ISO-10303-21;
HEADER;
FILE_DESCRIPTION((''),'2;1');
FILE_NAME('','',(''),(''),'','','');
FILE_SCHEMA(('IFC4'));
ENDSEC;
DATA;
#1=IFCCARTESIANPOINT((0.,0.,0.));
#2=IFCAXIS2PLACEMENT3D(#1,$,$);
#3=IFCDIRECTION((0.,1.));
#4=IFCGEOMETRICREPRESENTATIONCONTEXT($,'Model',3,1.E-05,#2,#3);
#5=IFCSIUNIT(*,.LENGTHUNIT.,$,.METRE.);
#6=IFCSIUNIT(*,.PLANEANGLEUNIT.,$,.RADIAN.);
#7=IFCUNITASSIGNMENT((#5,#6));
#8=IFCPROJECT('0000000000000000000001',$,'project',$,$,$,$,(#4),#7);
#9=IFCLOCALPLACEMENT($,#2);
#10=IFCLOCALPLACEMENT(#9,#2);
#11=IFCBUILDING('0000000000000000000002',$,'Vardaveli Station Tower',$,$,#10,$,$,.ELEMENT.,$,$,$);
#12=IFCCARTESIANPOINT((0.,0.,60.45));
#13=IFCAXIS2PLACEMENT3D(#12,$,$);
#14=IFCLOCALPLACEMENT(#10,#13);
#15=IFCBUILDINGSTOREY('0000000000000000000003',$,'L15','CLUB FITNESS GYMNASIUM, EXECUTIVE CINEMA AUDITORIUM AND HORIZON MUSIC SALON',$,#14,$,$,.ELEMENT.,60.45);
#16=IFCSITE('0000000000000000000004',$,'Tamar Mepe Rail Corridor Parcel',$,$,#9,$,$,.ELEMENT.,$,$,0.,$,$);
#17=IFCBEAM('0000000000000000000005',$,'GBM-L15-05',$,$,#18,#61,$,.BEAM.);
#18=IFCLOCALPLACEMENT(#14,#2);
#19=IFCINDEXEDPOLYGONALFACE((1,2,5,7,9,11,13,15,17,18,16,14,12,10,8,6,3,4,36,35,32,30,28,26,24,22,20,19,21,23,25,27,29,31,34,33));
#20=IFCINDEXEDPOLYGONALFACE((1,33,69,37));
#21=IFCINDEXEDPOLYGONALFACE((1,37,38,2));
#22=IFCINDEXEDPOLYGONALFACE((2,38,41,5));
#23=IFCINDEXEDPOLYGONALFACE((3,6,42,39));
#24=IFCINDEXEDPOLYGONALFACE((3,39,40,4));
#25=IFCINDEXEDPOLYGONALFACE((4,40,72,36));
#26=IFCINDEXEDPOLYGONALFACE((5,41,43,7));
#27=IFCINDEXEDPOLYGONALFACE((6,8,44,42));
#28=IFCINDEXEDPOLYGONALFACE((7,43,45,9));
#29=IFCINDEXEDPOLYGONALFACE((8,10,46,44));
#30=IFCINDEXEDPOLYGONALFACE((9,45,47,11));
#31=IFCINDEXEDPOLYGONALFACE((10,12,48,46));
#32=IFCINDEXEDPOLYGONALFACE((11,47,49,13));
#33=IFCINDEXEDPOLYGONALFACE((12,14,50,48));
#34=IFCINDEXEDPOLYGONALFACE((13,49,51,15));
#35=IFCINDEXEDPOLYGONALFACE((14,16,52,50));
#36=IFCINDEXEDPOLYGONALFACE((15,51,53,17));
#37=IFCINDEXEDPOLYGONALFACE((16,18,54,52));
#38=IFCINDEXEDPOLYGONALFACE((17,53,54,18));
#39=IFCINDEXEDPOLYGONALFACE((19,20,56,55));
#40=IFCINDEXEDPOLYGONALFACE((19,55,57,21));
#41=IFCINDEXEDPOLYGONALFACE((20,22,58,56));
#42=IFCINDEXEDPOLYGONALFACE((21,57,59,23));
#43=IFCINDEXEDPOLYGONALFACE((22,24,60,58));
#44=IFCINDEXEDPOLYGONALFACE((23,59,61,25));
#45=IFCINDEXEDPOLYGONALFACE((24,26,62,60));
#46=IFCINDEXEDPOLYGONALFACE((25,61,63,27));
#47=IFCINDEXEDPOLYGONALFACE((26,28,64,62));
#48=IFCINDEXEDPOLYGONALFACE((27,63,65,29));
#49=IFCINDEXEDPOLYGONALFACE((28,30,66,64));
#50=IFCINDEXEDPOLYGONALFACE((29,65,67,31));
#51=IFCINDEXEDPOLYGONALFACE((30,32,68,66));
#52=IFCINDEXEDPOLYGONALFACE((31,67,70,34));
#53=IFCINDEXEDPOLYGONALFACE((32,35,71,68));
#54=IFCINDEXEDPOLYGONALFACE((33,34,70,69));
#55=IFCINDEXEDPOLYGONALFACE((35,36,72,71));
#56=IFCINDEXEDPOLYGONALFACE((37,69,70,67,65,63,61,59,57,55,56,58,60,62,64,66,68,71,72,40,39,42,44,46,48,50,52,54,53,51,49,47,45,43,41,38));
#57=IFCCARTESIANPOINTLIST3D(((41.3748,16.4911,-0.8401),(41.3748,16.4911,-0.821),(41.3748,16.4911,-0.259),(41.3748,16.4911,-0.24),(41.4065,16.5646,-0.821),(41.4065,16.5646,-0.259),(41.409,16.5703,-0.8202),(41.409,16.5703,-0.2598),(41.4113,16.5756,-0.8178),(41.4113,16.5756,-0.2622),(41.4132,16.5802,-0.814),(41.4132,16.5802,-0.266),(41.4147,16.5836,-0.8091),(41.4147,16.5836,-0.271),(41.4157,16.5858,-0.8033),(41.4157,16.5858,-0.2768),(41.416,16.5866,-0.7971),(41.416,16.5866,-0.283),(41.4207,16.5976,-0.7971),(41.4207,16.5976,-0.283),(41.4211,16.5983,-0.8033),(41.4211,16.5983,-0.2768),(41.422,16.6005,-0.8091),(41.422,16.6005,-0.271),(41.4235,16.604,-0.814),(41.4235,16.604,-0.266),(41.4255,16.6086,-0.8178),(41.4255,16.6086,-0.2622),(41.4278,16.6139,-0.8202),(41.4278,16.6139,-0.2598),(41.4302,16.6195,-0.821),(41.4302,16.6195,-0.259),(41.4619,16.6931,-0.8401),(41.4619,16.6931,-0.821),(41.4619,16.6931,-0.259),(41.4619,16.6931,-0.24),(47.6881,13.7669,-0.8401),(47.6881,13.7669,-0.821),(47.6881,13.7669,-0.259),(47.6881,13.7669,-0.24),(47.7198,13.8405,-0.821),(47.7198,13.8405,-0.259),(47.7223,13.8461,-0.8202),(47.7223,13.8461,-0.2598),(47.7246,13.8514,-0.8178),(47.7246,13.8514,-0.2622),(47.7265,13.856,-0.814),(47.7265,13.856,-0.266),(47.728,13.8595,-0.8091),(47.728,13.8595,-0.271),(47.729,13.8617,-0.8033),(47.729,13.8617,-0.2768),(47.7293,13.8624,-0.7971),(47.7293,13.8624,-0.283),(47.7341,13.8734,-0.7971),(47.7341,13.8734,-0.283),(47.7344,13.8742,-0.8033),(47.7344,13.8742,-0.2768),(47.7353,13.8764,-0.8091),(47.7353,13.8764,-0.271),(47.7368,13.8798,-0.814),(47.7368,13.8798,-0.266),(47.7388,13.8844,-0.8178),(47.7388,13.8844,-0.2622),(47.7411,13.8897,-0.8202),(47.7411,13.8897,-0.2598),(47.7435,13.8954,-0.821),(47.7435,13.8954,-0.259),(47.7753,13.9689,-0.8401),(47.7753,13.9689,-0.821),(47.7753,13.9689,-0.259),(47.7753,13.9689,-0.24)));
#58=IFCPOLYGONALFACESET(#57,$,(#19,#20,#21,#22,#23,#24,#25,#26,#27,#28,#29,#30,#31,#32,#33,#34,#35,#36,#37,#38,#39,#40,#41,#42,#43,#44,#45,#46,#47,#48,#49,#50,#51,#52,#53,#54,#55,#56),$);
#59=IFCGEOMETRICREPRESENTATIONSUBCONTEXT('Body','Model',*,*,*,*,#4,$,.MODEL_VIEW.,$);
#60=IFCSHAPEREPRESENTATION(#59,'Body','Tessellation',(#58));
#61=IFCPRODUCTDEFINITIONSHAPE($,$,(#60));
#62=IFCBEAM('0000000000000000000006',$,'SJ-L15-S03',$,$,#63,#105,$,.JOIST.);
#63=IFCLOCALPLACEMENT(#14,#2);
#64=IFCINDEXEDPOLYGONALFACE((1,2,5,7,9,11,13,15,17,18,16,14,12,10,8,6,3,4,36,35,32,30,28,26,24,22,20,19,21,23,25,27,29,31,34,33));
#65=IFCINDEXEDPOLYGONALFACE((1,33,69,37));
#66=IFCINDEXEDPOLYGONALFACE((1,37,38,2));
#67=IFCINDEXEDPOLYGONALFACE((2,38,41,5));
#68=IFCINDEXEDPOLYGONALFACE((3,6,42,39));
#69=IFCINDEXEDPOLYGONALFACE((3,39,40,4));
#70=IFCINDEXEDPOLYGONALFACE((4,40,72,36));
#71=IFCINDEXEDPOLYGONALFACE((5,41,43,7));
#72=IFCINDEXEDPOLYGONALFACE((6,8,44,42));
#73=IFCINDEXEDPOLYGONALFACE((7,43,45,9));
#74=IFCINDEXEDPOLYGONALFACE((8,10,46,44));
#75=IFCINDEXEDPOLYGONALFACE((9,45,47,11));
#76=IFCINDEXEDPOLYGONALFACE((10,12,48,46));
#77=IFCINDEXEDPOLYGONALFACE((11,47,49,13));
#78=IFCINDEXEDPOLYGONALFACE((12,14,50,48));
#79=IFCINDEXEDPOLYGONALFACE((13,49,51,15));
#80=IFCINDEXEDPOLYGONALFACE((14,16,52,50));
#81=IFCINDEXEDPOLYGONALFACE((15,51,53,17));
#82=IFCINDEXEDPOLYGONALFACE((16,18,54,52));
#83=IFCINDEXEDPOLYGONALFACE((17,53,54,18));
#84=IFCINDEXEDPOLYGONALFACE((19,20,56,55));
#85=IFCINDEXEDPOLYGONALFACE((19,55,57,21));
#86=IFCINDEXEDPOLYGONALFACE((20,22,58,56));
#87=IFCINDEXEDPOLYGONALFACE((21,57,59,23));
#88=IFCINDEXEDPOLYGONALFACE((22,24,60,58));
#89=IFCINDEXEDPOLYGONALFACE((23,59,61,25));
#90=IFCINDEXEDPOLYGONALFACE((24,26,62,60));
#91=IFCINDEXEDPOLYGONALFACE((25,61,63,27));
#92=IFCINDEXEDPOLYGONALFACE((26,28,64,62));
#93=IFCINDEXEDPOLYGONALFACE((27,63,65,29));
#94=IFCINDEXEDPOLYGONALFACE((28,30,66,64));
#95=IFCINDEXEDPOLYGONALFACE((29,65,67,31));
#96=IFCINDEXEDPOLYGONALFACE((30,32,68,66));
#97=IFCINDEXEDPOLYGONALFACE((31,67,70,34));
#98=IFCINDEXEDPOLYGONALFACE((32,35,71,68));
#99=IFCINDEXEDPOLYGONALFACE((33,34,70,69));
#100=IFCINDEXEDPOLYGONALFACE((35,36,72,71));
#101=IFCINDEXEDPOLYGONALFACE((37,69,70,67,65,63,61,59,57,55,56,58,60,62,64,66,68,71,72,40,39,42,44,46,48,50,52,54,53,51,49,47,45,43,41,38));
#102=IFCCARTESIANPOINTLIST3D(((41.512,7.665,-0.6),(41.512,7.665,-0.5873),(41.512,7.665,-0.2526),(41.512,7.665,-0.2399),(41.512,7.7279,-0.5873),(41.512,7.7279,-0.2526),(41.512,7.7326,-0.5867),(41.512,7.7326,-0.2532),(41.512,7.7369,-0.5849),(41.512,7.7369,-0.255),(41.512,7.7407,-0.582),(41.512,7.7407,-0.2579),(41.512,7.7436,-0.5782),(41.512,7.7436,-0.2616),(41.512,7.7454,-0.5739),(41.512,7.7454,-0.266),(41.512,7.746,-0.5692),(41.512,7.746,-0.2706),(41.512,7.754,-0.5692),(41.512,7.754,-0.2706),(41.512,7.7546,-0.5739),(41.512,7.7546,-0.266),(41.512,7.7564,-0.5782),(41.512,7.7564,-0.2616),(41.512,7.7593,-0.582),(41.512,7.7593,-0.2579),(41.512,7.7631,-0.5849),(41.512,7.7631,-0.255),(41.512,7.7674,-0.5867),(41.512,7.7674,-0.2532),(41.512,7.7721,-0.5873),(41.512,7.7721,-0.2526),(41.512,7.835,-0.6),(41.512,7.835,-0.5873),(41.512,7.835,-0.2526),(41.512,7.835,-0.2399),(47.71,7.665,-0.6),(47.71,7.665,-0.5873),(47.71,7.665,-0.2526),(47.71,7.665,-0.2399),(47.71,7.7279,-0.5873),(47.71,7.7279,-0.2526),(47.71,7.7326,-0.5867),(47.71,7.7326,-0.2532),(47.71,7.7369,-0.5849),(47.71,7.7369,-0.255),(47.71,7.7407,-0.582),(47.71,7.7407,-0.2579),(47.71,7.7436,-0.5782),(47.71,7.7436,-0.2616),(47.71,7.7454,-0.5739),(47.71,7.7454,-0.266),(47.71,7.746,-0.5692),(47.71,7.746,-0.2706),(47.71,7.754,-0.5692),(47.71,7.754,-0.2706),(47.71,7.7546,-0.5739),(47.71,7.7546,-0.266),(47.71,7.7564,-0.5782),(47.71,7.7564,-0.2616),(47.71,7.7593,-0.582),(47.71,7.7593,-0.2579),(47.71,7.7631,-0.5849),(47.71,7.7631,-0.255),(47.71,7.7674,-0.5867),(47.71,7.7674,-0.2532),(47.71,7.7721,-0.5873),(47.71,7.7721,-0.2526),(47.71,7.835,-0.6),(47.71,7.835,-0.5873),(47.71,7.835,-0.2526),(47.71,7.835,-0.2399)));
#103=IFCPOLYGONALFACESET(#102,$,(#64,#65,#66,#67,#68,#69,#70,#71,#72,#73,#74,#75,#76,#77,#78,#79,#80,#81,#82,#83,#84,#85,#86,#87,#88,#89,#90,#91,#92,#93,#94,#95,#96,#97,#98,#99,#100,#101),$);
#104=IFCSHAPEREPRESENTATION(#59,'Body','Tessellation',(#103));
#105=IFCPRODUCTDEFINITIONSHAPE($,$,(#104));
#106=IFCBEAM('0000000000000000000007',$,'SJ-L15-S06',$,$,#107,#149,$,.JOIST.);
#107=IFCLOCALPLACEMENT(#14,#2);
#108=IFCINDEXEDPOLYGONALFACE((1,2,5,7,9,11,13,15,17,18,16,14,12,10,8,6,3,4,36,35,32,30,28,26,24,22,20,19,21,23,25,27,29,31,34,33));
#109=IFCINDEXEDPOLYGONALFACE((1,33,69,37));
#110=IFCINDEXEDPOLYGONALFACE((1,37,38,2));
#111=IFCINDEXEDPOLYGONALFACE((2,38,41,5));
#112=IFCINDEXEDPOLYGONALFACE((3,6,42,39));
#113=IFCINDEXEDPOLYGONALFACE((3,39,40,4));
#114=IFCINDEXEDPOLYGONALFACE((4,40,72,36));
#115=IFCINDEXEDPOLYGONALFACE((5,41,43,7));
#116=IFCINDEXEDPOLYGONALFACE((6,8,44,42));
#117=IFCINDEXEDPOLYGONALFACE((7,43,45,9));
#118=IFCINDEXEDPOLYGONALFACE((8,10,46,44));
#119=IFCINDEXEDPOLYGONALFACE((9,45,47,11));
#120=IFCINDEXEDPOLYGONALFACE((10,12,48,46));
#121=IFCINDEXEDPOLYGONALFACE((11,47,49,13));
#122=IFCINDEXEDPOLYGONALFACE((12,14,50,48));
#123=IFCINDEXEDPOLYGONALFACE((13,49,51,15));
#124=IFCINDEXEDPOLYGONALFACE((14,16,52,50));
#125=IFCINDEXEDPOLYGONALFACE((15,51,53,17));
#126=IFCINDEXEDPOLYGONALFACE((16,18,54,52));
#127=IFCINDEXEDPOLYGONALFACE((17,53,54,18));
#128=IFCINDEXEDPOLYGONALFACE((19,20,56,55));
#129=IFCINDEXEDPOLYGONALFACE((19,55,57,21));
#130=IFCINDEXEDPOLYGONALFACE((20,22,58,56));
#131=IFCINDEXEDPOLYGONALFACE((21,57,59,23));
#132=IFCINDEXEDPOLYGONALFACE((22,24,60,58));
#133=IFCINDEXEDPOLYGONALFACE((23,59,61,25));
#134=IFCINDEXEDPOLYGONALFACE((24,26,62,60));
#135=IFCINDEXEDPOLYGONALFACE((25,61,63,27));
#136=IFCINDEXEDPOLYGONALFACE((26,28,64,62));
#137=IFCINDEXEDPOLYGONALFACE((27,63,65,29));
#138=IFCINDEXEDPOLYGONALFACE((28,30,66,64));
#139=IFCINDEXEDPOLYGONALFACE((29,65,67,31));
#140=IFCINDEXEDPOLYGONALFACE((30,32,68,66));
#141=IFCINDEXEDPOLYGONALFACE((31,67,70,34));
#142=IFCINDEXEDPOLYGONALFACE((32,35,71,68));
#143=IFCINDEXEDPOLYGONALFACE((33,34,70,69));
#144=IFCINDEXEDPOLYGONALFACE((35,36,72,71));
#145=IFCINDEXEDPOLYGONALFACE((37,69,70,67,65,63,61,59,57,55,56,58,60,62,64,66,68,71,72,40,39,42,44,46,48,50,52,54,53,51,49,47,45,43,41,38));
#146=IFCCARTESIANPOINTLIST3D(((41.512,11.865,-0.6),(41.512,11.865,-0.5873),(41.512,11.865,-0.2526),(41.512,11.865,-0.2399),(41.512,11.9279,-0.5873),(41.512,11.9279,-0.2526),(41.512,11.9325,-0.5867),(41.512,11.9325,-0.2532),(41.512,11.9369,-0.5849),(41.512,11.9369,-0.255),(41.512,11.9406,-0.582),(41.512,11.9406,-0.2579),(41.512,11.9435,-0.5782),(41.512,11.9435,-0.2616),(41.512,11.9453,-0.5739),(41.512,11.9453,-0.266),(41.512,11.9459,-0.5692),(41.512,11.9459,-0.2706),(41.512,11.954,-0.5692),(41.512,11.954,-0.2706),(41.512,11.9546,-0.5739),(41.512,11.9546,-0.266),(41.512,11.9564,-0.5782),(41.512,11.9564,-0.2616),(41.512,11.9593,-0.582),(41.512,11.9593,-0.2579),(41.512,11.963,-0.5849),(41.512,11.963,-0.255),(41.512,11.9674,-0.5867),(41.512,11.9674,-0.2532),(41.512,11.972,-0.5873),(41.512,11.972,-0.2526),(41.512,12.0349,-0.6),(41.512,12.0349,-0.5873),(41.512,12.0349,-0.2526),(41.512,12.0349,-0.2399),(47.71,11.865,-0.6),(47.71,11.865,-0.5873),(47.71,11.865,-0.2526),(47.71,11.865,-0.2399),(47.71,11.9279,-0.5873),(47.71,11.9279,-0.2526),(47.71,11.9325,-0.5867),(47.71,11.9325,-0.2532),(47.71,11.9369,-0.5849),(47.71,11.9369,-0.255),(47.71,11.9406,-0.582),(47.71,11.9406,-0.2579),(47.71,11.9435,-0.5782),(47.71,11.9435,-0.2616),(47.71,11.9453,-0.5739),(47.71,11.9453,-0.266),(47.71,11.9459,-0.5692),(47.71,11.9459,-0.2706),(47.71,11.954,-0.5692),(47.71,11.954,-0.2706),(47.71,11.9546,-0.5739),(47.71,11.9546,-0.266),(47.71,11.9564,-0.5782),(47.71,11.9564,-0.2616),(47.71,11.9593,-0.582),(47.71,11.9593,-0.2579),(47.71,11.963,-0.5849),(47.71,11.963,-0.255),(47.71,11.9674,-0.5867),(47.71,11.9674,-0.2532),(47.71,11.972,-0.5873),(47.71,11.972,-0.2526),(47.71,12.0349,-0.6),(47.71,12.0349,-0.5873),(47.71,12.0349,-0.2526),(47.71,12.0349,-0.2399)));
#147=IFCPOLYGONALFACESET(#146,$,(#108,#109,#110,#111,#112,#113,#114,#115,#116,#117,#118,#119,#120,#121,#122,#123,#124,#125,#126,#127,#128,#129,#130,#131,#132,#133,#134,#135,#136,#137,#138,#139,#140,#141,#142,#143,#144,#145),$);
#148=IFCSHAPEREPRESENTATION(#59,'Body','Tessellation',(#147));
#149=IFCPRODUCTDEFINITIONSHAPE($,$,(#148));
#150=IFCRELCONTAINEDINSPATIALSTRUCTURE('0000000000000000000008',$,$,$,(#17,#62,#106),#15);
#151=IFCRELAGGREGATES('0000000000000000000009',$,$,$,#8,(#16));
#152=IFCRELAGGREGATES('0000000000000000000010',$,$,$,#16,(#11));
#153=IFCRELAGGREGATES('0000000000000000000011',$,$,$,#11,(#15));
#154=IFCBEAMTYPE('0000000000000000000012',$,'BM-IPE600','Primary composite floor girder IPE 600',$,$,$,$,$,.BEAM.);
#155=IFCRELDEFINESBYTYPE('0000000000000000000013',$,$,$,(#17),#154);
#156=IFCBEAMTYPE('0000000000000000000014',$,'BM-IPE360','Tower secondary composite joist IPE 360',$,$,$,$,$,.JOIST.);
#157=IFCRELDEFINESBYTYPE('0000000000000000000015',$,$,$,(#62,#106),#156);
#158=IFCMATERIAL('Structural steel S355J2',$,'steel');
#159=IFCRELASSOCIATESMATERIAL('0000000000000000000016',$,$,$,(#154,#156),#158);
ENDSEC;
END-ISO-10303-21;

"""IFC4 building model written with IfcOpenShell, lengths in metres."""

from ifc_helpers import new_model, si_unit, direction, frame, origin, origin_2d, place, context, subcontext, project, spatial, i_section, extrude, source, transform, mapped, material, material_profile, profile_set, type_object, element, save


model = new_model("IFC4")

# Units and contexts
model_context = context("Model", 3, precision=1e-05, world=origin(), true_north=direction((0.0, 1.0)))
body_context = subcontext(model_context, "Body", "Model", "MODEL_VIEW")
ifc_project = project(units=[si_unit("LENGTHUNIT", "METRE"), si_unit("PLANEANGLEUNIT", "RADIAN")], contexts=[model_context])

# Site, building, storey
site_placement = place(None, origin())
site = spatial("IfcSite", under=ifc_project, at=site_placement, Name="Tamar Mepe Rail Corridor Parcel", CompositionType="ELEMENT", RefElevation=0.0)
building_placement = place(site_placement, origin())
building = spatial("IfcBuilding", under=site, at=building_placement, Name="Vardaveli Station Tower", CompositionType="ELEMENT")
storey_placement = place(building_placement, frame((0.0, 0.0, 60.45)))
storey = spatial("IfcBuildingStorey", under=building, at=storey_placement, Name="L15", Description="CLUB FITNESS GYMNASIUM, EXECUTIVE CINEMA AUDITORIUM AND HORIZON MUSIC SALON", CompositionType="ELEMENT", Elevation=60.45)

# Beams
ifc_material_1 = material(Name="Structural steel S355J2", Category="steel")
ifc_material_profile_1 = material_profile(ifc_material_1, i_section(OverallWidth=0.22, OverallDepth=0.6001, WebThickness=0.012, FlangeThickness=0.019, FilletRadius=0.0239, at=origin_2d()), Name="IPE 600")
ifc_profile_set_1 = profile_set([ifc_material_profile_1], Name="Structural steel S355J2")
beam_type_1 = type_object("IfcBeamType", Name="BM-IPE600", Description="Primary composite floor girder IPE 600", PredefinedType="BEAM", material=ifc_profile_set_1)
shared_shape_1 = source(origin(), body_context, "Body", "SweptSolid", [
    extrude(i_section(OverallWidth=0.22, OverallDepth=0.6001, WebThickness=0.012, FlangeThickness=0.019, FilletRadius=0.0239, at=origin_2d()), origin(), (0.0, 0.0, 1.0), 6.876),
])
beam_1_placement = place(storey_placement, frame((47.7317, 13.8679, -0.54), z_axis=(-0.918171, 0.396185, 0.0), x_axis=(-0.396185, -0.918171, 0.0)))
element("IfcBeam", 1, at=beam_1_placement, inside=storey, type_object=beam_type_1, Name="GBM-L15-05", PredefinedType="BEAM", context=body_context, shape_type="MappedRepresentation", body=[
    mapped(shared_shape_1, transform((0.0, 0.0, 0.0), scale=1.0)),
])
ifc_material_profile_2 = material_profile(ifc_material_1, i_section(OverallWidth=0.1699, OverallDepth=0.3601, WebThickness=0.0081, FlangeThickness=0.0127, FilletRadius=0.0181, at=origin_2d()), Name="IPE 360")
ifc_profile_set_2 = profile_set([ifc_material_profile_2], Name="Structural steel S355J2")
beam_type_2 = type_object("IfcBeamType", Name="BM-IPE360", Description="Tower secondary composite joist IPE 360", PredefinedType="JOIST", material=ifc_profile_set_2)
shared_shape_2 = source(origin(), body_context, "Body", "SweptSolid", [
    extrude(i_section(OverallWidth=0.1699, OverallDepth=0.3601, WebThickness=0.0081, FlangeThickness=0.0127, FilletRadius=0.0181, at=origin_2d()), origin(), (0.0, 0.0, 1.0), 6.198),
])
for number, where, z_axis, x_axis, name in (
    (2, (41.512, 7.75, -0.4199), (1.0, 0.0, 0.0), (0.0, 1.0, 0.0), "SJ-L15-S03"),
    (3, (41.512, 11.95, -0.4199), (1.0, 0.0, 0.0), (0.0, 1.0, 0.0), "SJ-L15-S06"),
):
    element("IfcBeam", number, at=place(storey_placement, frame(where, z_axis=z_axis, x_axis=x_axis)), inside=storey, type_object=beam_type_2, Name=name, PredefinedType="JOIST", context=body_context, shape_type="MappedRepresentation", body=[
        mapped(shared_shape_2, transform((0.0, 0.0, 0.0), scale=1.0)),
    ])

save(model, "model.ifc")
